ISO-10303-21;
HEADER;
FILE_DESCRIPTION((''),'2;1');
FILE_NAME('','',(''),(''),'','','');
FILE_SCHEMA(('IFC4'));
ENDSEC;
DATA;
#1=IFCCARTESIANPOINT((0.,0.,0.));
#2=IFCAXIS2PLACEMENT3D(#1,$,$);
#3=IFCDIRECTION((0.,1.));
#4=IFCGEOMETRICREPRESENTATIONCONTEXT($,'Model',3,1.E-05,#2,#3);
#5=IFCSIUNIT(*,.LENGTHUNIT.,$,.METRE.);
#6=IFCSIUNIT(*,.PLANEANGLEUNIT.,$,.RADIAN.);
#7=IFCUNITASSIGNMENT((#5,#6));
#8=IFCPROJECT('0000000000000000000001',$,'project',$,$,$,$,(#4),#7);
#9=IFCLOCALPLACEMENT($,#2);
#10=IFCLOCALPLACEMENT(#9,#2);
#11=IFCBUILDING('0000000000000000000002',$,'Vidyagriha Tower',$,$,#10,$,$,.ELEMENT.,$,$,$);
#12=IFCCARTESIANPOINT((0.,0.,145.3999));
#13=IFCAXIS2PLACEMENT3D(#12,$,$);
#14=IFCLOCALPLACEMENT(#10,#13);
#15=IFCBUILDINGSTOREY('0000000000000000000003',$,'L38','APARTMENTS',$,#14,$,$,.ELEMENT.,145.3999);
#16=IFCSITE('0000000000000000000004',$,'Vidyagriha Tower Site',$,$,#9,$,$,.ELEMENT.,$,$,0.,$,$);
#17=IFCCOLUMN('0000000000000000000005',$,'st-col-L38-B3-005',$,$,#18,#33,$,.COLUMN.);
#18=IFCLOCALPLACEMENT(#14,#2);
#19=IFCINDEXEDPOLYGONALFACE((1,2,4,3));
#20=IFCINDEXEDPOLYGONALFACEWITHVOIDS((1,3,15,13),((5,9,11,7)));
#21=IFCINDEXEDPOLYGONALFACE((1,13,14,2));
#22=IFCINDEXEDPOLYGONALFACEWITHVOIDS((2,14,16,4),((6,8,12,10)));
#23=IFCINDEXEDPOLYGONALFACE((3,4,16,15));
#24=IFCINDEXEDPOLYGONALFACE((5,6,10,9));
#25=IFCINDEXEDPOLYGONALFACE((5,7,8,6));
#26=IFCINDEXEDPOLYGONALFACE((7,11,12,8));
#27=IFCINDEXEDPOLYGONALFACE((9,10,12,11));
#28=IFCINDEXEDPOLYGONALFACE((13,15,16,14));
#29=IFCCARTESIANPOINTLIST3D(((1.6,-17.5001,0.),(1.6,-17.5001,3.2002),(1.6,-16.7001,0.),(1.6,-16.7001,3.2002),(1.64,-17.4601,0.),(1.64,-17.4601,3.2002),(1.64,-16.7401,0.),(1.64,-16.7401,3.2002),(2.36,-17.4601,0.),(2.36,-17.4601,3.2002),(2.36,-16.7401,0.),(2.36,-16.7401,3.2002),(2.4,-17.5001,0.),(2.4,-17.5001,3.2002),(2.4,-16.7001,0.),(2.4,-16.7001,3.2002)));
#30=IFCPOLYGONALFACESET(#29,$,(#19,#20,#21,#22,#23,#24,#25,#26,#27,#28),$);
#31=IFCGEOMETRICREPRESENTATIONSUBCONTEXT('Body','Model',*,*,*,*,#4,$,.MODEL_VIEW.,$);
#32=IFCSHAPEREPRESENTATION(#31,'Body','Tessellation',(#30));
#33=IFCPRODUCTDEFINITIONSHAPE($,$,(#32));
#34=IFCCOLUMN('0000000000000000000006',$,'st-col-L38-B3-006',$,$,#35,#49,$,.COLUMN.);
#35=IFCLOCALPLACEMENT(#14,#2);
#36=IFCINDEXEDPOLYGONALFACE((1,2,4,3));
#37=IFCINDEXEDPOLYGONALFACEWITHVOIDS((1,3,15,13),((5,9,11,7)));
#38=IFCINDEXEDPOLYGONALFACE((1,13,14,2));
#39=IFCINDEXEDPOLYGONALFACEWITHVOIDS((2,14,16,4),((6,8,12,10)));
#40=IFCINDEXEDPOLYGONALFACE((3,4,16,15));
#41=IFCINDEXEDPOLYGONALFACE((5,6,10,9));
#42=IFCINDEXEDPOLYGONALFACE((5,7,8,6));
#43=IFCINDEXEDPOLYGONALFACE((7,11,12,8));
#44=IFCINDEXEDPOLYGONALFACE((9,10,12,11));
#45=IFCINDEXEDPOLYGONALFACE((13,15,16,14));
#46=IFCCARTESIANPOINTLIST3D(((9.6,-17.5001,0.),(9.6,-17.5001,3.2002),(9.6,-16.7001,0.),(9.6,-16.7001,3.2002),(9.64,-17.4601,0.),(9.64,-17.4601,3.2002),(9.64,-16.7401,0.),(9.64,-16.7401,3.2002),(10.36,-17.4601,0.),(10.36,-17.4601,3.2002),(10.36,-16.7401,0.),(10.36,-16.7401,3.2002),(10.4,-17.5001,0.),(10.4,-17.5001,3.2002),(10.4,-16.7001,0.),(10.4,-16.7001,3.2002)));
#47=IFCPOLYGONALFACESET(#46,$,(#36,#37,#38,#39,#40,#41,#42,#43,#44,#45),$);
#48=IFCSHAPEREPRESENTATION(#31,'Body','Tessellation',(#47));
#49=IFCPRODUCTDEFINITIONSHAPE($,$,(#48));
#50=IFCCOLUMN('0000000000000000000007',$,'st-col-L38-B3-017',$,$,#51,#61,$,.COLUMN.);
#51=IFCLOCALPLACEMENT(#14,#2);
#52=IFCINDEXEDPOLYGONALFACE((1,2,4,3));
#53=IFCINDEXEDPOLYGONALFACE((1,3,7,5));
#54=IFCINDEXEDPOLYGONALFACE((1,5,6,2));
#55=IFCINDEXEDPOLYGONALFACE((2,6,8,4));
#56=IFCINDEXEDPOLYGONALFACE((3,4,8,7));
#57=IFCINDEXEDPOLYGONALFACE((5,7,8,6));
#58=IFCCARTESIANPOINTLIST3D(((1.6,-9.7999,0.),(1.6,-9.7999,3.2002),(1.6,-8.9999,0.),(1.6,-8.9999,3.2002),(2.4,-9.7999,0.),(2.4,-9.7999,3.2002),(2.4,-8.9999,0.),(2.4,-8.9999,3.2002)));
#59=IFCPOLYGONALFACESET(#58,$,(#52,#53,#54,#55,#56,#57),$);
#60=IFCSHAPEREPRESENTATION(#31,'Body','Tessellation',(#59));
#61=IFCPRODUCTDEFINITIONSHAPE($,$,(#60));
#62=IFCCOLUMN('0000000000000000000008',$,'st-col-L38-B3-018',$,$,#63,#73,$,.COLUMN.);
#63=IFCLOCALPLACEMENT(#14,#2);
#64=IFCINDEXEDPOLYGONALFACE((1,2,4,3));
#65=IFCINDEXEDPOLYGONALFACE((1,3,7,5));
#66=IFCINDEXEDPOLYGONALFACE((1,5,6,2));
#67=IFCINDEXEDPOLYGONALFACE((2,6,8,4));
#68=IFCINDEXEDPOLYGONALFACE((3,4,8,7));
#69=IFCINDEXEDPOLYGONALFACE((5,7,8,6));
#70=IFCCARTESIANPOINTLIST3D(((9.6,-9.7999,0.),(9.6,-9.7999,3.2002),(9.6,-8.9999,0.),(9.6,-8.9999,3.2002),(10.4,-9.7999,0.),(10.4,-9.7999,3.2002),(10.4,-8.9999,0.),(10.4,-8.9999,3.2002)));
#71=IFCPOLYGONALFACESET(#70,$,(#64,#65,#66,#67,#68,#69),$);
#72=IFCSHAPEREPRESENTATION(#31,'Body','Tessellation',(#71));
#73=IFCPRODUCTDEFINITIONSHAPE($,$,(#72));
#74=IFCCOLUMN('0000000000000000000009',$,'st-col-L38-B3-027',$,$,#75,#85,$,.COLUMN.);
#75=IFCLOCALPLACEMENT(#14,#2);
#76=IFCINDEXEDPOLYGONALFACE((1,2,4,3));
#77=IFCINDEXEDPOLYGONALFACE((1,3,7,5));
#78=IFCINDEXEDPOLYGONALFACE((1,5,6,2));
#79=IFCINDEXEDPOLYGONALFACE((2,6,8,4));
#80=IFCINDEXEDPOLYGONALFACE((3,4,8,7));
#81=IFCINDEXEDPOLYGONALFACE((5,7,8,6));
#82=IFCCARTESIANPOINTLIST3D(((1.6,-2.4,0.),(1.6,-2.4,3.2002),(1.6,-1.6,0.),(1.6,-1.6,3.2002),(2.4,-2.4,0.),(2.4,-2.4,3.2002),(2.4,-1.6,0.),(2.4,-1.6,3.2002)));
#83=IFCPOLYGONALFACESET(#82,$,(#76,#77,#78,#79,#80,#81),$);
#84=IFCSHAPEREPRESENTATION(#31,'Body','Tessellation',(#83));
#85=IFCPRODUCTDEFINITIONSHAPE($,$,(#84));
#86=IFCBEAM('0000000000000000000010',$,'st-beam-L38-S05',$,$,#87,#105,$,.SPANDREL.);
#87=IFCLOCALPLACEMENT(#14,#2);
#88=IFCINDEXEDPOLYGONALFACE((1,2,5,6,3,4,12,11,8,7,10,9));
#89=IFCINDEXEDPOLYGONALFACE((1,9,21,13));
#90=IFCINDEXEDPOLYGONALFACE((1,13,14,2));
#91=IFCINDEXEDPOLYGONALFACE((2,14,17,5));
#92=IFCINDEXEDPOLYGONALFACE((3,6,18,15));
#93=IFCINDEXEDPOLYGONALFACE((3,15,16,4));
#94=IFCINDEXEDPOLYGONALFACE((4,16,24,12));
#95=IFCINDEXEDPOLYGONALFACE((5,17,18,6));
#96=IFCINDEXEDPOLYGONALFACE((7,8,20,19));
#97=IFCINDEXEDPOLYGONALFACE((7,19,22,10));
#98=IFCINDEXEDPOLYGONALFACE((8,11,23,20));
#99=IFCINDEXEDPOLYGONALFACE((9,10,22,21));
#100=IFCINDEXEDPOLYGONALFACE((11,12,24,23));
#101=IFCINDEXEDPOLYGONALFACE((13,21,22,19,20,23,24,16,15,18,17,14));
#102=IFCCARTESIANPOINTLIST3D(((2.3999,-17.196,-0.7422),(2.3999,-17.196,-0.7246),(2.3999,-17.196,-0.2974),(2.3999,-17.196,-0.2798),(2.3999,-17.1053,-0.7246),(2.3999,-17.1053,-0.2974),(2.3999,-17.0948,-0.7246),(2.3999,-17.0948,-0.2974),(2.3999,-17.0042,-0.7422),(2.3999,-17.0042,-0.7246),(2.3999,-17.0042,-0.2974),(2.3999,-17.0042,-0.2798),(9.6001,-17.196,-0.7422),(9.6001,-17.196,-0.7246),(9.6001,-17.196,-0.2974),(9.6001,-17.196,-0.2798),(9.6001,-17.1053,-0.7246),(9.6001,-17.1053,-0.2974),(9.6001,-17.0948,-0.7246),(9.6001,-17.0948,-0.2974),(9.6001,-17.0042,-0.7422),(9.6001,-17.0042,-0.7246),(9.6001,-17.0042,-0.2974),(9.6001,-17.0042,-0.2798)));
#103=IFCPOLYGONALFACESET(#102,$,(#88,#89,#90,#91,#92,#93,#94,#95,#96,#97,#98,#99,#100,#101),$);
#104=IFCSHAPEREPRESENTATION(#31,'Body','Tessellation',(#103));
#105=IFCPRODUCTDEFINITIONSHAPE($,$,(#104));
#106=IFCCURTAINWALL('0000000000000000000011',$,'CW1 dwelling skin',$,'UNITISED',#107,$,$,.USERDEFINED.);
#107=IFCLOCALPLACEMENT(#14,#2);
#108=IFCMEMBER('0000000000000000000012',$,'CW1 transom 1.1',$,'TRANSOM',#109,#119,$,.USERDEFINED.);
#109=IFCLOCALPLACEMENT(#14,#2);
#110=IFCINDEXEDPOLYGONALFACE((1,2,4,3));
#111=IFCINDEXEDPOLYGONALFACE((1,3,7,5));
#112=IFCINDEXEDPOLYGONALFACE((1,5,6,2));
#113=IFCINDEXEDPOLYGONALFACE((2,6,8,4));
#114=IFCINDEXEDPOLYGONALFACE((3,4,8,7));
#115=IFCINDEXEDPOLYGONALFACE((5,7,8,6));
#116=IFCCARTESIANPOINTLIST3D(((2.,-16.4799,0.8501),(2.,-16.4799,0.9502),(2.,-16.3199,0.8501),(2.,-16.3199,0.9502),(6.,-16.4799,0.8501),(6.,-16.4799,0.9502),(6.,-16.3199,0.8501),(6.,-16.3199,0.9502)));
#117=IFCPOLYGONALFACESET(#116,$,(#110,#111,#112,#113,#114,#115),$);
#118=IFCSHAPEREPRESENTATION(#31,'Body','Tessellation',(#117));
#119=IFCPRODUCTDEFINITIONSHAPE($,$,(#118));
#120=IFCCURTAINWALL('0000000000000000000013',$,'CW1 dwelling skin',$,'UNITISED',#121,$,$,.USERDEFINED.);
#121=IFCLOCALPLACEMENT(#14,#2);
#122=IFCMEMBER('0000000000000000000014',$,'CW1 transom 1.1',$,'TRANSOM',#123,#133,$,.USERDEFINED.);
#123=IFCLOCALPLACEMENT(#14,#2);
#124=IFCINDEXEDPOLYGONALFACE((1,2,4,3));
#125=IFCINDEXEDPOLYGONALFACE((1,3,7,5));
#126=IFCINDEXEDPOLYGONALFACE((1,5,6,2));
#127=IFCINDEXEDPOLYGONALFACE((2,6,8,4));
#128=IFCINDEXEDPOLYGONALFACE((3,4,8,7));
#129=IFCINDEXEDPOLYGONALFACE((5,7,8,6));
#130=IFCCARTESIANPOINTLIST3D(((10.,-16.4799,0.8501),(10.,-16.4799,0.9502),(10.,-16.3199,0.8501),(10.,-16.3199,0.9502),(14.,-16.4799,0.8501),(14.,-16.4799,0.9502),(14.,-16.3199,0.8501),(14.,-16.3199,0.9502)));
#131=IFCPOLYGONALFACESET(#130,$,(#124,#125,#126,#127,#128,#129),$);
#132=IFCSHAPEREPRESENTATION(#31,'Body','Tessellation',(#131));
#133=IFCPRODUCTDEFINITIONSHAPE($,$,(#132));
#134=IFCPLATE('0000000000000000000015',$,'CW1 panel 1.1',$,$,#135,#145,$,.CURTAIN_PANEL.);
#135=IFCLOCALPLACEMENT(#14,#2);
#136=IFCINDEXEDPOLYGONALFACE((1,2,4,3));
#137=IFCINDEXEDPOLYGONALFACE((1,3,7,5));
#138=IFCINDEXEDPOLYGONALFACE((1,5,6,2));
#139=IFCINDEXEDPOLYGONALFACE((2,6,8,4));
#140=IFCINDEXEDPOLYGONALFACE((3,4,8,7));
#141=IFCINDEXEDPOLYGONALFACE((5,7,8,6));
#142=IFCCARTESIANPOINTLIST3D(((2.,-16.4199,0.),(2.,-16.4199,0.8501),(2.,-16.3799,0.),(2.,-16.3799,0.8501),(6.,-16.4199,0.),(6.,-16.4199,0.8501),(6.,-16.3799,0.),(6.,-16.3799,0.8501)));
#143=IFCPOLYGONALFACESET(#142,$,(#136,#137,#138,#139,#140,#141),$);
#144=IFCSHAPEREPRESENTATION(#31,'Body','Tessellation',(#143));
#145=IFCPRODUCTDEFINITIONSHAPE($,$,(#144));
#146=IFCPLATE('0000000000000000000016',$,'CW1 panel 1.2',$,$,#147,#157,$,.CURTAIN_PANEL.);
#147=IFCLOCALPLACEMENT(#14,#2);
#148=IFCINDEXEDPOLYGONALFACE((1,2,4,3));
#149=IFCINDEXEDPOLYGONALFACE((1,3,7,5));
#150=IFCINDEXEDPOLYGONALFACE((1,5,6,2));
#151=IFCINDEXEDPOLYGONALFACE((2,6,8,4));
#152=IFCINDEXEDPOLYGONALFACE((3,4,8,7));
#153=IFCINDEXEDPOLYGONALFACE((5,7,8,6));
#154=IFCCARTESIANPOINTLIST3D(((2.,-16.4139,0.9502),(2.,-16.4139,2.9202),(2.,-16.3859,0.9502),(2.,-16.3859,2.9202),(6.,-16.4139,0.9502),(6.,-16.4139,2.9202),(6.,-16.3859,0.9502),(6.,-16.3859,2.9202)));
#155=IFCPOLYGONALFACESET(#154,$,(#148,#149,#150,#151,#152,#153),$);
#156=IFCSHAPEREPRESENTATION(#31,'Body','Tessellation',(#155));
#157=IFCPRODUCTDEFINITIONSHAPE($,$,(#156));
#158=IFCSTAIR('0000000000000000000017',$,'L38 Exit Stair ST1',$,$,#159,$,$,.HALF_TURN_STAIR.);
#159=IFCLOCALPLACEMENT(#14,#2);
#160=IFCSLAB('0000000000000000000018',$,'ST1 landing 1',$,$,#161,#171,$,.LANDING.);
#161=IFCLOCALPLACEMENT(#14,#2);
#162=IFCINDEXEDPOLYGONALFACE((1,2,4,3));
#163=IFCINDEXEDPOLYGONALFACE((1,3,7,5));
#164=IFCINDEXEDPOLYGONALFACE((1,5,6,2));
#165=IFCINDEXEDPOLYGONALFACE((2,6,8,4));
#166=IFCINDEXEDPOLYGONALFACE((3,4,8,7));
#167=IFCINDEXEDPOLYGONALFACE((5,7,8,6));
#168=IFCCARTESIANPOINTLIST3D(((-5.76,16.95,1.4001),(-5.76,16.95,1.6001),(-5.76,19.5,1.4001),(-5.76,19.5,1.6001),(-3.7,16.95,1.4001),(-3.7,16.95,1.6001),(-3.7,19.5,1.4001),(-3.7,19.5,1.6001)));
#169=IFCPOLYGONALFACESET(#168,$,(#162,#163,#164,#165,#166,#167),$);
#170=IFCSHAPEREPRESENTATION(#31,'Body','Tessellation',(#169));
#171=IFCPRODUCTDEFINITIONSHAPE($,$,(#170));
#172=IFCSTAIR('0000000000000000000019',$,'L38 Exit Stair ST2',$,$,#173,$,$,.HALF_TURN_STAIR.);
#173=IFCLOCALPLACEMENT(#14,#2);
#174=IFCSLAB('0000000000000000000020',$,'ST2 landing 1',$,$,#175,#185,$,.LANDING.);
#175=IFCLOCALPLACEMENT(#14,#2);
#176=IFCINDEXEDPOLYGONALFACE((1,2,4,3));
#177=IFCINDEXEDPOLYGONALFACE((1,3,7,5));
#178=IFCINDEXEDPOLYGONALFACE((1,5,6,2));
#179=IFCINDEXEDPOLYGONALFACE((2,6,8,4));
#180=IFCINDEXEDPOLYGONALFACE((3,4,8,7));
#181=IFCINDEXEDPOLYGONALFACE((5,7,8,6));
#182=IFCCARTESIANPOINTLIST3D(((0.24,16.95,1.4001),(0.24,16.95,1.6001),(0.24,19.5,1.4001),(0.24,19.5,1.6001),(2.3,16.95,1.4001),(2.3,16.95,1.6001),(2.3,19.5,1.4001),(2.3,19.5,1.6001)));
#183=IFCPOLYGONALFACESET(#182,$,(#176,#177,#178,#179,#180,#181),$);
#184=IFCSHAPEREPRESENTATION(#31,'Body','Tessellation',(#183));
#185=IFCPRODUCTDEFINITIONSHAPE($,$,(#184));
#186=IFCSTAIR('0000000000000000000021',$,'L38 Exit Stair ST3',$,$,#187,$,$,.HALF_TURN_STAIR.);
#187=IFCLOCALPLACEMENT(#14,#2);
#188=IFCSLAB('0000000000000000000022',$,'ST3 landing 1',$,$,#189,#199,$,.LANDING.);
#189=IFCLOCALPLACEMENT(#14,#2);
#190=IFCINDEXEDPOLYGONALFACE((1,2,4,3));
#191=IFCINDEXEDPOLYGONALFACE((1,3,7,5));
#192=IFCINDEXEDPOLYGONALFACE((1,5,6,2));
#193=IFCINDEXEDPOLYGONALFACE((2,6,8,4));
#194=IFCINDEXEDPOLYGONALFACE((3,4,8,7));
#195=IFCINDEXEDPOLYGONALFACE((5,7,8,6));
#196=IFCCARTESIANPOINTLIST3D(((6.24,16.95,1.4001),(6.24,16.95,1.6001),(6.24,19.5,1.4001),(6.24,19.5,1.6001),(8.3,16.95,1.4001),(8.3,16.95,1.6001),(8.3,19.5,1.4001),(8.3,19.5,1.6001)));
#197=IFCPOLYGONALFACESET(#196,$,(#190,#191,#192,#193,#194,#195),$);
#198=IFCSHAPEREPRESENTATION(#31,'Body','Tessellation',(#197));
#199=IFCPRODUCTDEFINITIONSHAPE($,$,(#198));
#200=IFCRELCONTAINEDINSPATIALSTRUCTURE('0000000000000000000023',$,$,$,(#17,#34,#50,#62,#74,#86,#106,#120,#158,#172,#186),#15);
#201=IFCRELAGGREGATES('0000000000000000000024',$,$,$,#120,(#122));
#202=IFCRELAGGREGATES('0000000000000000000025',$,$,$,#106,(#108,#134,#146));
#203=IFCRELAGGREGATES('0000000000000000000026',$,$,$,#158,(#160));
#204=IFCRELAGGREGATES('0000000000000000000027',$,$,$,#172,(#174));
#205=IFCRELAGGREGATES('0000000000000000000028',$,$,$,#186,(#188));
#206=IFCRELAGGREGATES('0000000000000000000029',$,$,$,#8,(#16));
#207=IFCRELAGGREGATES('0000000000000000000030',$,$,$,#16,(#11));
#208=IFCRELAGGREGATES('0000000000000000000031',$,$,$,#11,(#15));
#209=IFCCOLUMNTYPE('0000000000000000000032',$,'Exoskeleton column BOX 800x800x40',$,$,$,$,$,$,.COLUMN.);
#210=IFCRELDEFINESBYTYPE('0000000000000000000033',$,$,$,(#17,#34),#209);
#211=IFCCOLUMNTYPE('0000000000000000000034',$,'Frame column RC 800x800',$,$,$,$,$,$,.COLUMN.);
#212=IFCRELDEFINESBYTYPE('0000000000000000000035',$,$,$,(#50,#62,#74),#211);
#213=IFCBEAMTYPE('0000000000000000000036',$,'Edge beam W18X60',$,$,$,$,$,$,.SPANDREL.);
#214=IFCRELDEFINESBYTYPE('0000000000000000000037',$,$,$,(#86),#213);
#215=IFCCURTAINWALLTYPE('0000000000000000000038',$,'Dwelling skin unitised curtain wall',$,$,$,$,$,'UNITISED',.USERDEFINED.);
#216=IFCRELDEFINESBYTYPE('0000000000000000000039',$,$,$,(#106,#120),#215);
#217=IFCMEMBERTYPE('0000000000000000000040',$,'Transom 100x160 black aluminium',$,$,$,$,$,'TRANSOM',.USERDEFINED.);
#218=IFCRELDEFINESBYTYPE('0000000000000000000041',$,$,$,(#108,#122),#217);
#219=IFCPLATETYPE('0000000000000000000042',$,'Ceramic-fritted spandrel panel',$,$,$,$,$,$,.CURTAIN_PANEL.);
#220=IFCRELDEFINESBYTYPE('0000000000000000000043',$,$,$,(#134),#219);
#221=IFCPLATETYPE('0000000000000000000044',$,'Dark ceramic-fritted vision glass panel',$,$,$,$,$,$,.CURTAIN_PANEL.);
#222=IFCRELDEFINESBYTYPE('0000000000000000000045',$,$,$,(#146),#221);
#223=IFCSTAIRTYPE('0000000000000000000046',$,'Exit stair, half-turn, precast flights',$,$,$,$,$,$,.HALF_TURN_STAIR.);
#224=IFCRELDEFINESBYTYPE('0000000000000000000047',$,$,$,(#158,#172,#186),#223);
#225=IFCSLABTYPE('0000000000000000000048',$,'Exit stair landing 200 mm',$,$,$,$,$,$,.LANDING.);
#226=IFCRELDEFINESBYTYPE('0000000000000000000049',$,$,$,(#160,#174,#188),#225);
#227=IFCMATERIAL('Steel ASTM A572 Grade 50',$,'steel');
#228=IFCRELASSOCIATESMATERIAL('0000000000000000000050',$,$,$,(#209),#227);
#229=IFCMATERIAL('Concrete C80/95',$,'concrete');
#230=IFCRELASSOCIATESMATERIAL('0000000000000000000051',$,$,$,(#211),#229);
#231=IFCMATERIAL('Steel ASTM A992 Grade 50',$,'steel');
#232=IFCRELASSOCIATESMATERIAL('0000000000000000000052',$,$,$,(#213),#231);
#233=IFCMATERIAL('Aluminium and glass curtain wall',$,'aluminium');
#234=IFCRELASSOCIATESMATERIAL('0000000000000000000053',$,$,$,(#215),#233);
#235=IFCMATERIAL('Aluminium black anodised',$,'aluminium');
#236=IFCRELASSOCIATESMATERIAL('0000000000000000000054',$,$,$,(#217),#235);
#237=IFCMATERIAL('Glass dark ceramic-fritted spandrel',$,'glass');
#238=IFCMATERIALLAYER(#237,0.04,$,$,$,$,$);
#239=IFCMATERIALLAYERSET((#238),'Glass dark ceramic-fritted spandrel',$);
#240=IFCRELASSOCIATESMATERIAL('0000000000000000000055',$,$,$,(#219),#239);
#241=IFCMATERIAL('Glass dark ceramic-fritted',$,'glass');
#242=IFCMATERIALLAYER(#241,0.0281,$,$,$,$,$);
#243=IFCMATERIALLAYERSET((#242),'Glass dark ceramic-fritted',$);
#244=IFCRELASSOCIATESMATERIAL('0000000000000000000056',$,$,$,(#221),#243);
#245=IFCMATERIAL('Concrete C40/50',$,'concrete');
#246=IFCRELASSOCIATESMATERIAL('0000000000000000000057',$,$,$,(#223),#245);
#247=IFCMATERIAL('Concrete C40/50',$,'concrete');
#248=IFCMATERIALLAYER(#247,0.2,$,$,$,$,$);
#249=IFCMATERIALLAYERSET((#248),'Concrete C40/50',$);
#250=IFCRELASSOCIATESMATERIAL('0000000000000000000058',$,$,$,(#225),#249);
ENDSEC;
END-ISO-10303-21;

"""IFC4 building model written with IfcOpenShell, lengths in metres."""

from ifc_helpers import new_model, si_unit, direction, frame, origin, origin_2d, place, context, subcontext, project, spatial, polyline, rectangle, hollow_rectangle, i_section, outline, extrude, material, layer, layer_set, material_profile, profile_set, type_object, element, aggregate, save


model = new_model("IFC4")

# Units and contexts
model_context = context("Model", 3, precision=1e-05, world=origin(), true_north=direction((0.0, 1.0)))
body_context = subcontext(model_context, "Body", "Model", "MODEL_VIEW")
ifc_project = project(units=[si_unit("LENGTHUNIT", "METRE"), si_unit("PLANEANGLEUNIT", "RADIAN")], contexts=[model_context])

# Site, building, storey
site_placement = place(None, origin())
site = spatial("IfcSite", under=ifc_project, at=site_placement, Name="Vidyagriha Tower Site", CompositionType="ELEMENT", RefElevation=0.0)
building_placement = place(site_placement, origin())
building = spatial("IfcBuilding", under=site, at=building_placement, Name="Vidyagriha Tower", CompositionType="ELEMENT")
storey_placement = place(building_placement, frame((0.0, 0.0, 145.3999)))
storey = spatial("IfcBuildingStorey", under=building, at=storey_placement, Name="L38", Description="APARTMENTS", CompositionType="ELEMENT", Elevation=145.3999)

# Columns
ifc_material_1 = material(Name="Steel ASTM A572 Grade 50", Category="steel")
ifc_material_profile_1 = material_profile(ifc_material_1, hollow_rectangle(XDim=0.8, YDim=0.8, WallThickness=0.04, at=origin_2d()), Name="BOX 800x800x40")
ifc_profile_set_1 = profile_set([ifc_material_profile_1], Name="Steel ASTM A572 Grade 50")
column_type_1 = type_object("IfcColumnType", Name="Exoskeleton column BOX 800x800x40", PredefinedType="COLUMN", material=ifc_profile_set_1)
for number, where, name in (
    (1, (2.0, -17.1001, 0.0), "st-col-L38-B3-005"),
    (2, (10.0, -17.1001, 0.0), "st-col-L38-B3-006"),
):
    element("IfcColumn", number, at=place(storey_placement, frame(where)), inside=storey, type_object=column_type_1, Name=name, PredefinedType="COLUMN", context=body_context, shape_type="SweptSolid", body=[
        extrude(hollow_rectangle(XDim=0.8, YDim=0.8, WallThickness=0.04, at=origin_2d()), origin(), (0.0, 0.0, 1.0), 3.2002),
    ])
ifc_material_2 = material(Name="Concrete C80/95", Category="concrete")
ifc_material_profile_2 = material_profile(ifc_material_2, rectangle(XDim=0.8, YDim=0.8, at=origin_2d()), Name="RC 800x800")
ifc_profile_set_2 = profile_set([ifc_material_profile_2], Name="Concrete C80/95")
column_type_2 = type_object("IfcColumnType", Name="Frame column RC 800x800", PredefinedType="COLUMN", material=ifc_profile_set_2)
for number, where, name in (
    (3, (2.0, -9.3999, 0.0), "st-col-L38-B3-017"),
    (4, (10.0, -9.3999, 0.0), "st-col-L38-B3-018"),
    (5, (2.0, -2.0, 0.0), "st-col-L38-B3-027"),
):
    element("IfcColumn", number, at=place(storey_placement, frame(where)), inside=storey, type_object=column_type_2, Name=name, PredefinedType="COLUMN", context=body_context, shape_type="SweptSolid", body=[
        extrude(rectangle(XDim=0.8, YDim=0.8, at=origin_2d()), origin(), (0.0, 0.0, 1.0), 3.2002),
    ])

# Beam
ifc_material_3 = material(Name="Steel ASTM A992 Grade 50", Category="steel")
ifc_material_profile_3 = material_profile(ifc_material_3, i_section(OverallWidth=0.1919, OverallDepth=0.4624, WebThickness=0.0105, FlangeThickness=0.0176, at=origin_2d()), Name="W18X60")
ifc_profile_set_3 = profile_set([ifc_material_profile_3], Name="Steel ASTM A992 Grade 50")
beam_type = type_object("IfcBeamType", Name="Edge beam W18X60", PredefinedType="SPANDREL", material=ifc_profile_set_3)
beam_placement = place(storey_placement, frame((2.3999, -17.1001, -0.511), z_axis=(1.0, 0.0, 0.0), x_axis=(0.0, 1.0, 0.0)))
element("IfcBeam", 6, at=beam_placement, inside=storey, type_object=beam_type, Name="st-beam-L38-S05", PredefinedType="SPANDREL", context=body_context, shape_type="SweptSolid", body=[
    extrude(i_section(OverallWidth=0.1919, OverallDepth=0.4624, WebThickness=0.0105, FlangeThickness=0.0176, at=origin_2d()), origin(), (0.0, 0.0, 1.0), 7.2002),
])

# Curtain walls, members
ifc_material_4 = material(Name="Aluminium and glass curtain wall", Category="aluminium")
curtain_wall_type = type_object("IfcCurtainWallType", Name="Dwelling skin unitised curtain wall", ElementType="UNITISED", PredefinedType="USERDEFINED", material=ifc_material_4)
curtain_wall_1_placement = place(storey_placement, origin())
curtain_wall_1 = element("IfcCurtainWall", 7, at=curtain_wall_1_placement, inside=storey, type_object=curtain_wall_type, Name="CW1 dwelling skin", ObjectType="UNITISED", PredefinedType="USERDEFINED")
ifc_material_5 = material(Name="Aluminium black anodised", Category="aluminium")
ifc_material_profile_4 = material_profile(ifc_material_5, rectangle(XDim=0.1599, YDim=0.1001, at=origin_2d()), Name="Transom 100x160 black aluminium")
ifc_profile_set_4 = profile_set([ifc_material_profile_4], Name="Aluminium black anodised")
member_type = type_object("IfcMemberType", Name="Transom 100x160 black aluminium", ElementType="TRANSOM", PredefinedType="USERDEFINED", material=ifc_profile_set_4)
member_1_placement = place(storey_placement, frame((2.0, -16.3999, 0.9001), z_axis=(1.0, 0.0, 0.0), x_axis=(0.0, 1.0, 0.0)))
member_1 = element("IfcMember", 8, at=member_1_placement, type_object=member_type, Name="CW1 transom 1.1", ObjectType="TRANSOM", PredefinedType="USERDEFINED", context=body_context, shape_type="SweptSolid", body=[
    extrude(rectangle(XDim=0.1599, YDim=0.1001, at=origin_2d()), origin(), (0.0, 0.0, 1.0), 4.0),
])
curtain_wall_2_placement = place(storey_placement, origin())
curtain_wall_2 = element("IfcCurtainWall", 9, at=curtain_wall_2_placement, inside=storey, type_object=curtain_wall_type, Name="CW1 dwelling skin", ObjectType="UNITISED", PredefinedType="USERDEFINED")
member_2_placement = place(storey_placement, frame((10.0, -16.3999, 0.9001), z_axis=(1.0, 0.0, 0.0), x_axis=(0.0, 1.0, 0.0)))
member_2 = element("IfcMember", 10, at=member_2_placement, type_object=member_type, Name="CW1 transom 1.1", ObjectType="TRANSOM", PredefinedType="USERDEFINED", context=body_context, shape_type="SweptSolid", body=[
    extrude(rectangle(XDim=0.1599, YDim=0.1001, at=origin_2d()), origin(), (0.0, 0.0, 1.0), 4.0),
])
aggregate(curtain_wall_2, [member_2])

# Plates
ifc_material_6 = material(Name="Glass dark ceramic-fritted spandrel", Category="glass")
ifc_layer_1 = layer(ifc_material_6, 0.04)
ifc_layer_set_1 = layer_set([ifc_layer_1], Name="Glass dark ceramic-fritted spandrel")
plate_type_1 = type_object("IfcPlateType", Name="Ceramic-fritted spandrel panel", PredefinedType="CURTAIN_PANEL", material=ifc_layer_set_1)
plate_1_placement = place(storey_placement, frame((4.0, -16.3999, 0.0)))
plate_1 = element("IfcPlate", 11, at=plate_1_placement, type_object=plate_type_1, Name="CW1 panel 1.1", PredefinedType="CURTAIN_PANEL", context=body_context, shape_type="SweptSolid", body=[
    extrude(rectangle(XDim=4.0, YDim=0.04, at=origin_2d()), origin(), (0.0, 0.0, 1.0), 0.8501),
])
ifc_material_7 = material(Name="Glass dark ceramic-fritted", Category="glass")
ifc_layer_2 = layer(ifc_material_7, 0.0281)
ifc_layer_set_2 = layer_set([ifc_layer_2], Name="Glass dark ceramic-fritted")
plate_type_2 = type_object("IfcPlateType", Name="Dark ceramic-fritted vision glass panel", PredefinedType="CURTAIN_PANEL", material=ifc_layer_set_2)
plate_2_placement = place(storey_placement, frame((4.0, -16.3999, 0.9502)))
plate_2 = element("IfcPlate", 12, at=plate_2_placement, type_object=plate_type_2, Name="CW1 panel 1.2", PredefinedType="CURTAIN_PANEL", context=body_context, shape_type="SweptSolid", body=[
    extrude(rectangle(XDim=4.0, YDim=0.0281, at=origin_2d()), origin(), (0.0, 0.0, 1.0), 1.97),
])
aggregate(curtain_wall_1, [member_1, plate_1, plate_2])

# Stairs, slabs
ifc_material_8 = material(Name="Concrete C40/50", Category="concrete")
stair_type = type_object("IfcStairType", Name="Exit stair, half-turn, precast flights", PredefinedType="HALF_TURN_STAIR", material=ifc_material_8)
stair_1_placement = place(storey_placement, origin())
stair_1 = element("IfcStair", 13, at=stair_1_placement, inside=storey, type_object=stair_type, Name="L38 Exit Stair ST1", PredefinedType="HALF_TURN_STAIR")
ifc_material_9 = material(Name="Concrete C40/50", Category="concrete")
ifc_layer_3 = layer(ifc_material_9, 0.2)
ifc_layer_set_3 = layer_set([ifc_layer_3], Name="Concrete C40/50")
slab_type = type_object("IfcSlabType", Name="Exit stair landing 200 mm", PredefinedType="LANDING", material=ifc_layer_set_3)
slab_1_placement = place(storey_placement, frame((0.0, 0.0, 1.4001)))
slab_1 = element("IfcSlab", 14, at=slab_1_placement, type_object=slab_type, Name="ST1 landing 1", PredefinedType="LANDING", context=body_context, shape_type="SweptSolid", body=[
    extrude(outline(polyline([(-5.76, 16.95), (-3.7, 16.95), (-3.7, 19.5), (-5.76, 19.5), (-5.76, 16.95)])), origin(), (0.0, 0.0, 1.0), 0.2),
])
aggregate(stair_1, [slab_1])
stair_2_placement = place(storey_placement, origin())
stair_2 = element("IfcStair", 15, at=stair_2_placement, inside=storey, type_object=stair_type, Name="L38 Exit Stair ST2", PredefinedType="HALF_TURN_STAIR")
slab_2_placement = place(storey_placement, frame((0.0, 0.0, 1.4001)))
slab_2 = element("IfcSlab", 16, at=slab_2_placement, type_object=slab_type, Name="ST2 landing 1", PredefinedType="LANDING", context=body_context, shape_type="SweptSolid", body=[
    extrude(outline(polyline([(0.24, 16.95), (2.3, 16.95), (2.3, 19.5), (0.24, 19.5), (0.24, 16.95)])), origin(), (0.0, 0.0, 1.0), 0.2),
])
aggregate(stair_2, [slab_2])
stair_3_placement = place(storey_placement, origin())
stair_3 = element("IfcStair", 17, at=stair_3_placement, inside=storey, type_object=stair_type, Name="L38 Exit Stair ST3", PredefinedType="HALF_TURN_STAIR")
slab_3_placement = place(storey_placement, frame((0.0, 0.0, 1.4001)))
slab_3 = element("IfcSlab", 18, at=slab_3_placement, type_object=slab_type, Name="ST3 landing 1", PredefinedType="LANDING", context=body_context, shape_type="SweptSolid", body=[
    extrude(outline(polyline([(6.24, 16.95), (8.3, 16.95), (8.3, 19.5), (6.24, 19.5), (6.24, 16.95)])), origin(), (0.0, 0.0, 1.0), 0.2),
])
aggregate(stair_3, [slab_3])

save(model, "model.ifc")
